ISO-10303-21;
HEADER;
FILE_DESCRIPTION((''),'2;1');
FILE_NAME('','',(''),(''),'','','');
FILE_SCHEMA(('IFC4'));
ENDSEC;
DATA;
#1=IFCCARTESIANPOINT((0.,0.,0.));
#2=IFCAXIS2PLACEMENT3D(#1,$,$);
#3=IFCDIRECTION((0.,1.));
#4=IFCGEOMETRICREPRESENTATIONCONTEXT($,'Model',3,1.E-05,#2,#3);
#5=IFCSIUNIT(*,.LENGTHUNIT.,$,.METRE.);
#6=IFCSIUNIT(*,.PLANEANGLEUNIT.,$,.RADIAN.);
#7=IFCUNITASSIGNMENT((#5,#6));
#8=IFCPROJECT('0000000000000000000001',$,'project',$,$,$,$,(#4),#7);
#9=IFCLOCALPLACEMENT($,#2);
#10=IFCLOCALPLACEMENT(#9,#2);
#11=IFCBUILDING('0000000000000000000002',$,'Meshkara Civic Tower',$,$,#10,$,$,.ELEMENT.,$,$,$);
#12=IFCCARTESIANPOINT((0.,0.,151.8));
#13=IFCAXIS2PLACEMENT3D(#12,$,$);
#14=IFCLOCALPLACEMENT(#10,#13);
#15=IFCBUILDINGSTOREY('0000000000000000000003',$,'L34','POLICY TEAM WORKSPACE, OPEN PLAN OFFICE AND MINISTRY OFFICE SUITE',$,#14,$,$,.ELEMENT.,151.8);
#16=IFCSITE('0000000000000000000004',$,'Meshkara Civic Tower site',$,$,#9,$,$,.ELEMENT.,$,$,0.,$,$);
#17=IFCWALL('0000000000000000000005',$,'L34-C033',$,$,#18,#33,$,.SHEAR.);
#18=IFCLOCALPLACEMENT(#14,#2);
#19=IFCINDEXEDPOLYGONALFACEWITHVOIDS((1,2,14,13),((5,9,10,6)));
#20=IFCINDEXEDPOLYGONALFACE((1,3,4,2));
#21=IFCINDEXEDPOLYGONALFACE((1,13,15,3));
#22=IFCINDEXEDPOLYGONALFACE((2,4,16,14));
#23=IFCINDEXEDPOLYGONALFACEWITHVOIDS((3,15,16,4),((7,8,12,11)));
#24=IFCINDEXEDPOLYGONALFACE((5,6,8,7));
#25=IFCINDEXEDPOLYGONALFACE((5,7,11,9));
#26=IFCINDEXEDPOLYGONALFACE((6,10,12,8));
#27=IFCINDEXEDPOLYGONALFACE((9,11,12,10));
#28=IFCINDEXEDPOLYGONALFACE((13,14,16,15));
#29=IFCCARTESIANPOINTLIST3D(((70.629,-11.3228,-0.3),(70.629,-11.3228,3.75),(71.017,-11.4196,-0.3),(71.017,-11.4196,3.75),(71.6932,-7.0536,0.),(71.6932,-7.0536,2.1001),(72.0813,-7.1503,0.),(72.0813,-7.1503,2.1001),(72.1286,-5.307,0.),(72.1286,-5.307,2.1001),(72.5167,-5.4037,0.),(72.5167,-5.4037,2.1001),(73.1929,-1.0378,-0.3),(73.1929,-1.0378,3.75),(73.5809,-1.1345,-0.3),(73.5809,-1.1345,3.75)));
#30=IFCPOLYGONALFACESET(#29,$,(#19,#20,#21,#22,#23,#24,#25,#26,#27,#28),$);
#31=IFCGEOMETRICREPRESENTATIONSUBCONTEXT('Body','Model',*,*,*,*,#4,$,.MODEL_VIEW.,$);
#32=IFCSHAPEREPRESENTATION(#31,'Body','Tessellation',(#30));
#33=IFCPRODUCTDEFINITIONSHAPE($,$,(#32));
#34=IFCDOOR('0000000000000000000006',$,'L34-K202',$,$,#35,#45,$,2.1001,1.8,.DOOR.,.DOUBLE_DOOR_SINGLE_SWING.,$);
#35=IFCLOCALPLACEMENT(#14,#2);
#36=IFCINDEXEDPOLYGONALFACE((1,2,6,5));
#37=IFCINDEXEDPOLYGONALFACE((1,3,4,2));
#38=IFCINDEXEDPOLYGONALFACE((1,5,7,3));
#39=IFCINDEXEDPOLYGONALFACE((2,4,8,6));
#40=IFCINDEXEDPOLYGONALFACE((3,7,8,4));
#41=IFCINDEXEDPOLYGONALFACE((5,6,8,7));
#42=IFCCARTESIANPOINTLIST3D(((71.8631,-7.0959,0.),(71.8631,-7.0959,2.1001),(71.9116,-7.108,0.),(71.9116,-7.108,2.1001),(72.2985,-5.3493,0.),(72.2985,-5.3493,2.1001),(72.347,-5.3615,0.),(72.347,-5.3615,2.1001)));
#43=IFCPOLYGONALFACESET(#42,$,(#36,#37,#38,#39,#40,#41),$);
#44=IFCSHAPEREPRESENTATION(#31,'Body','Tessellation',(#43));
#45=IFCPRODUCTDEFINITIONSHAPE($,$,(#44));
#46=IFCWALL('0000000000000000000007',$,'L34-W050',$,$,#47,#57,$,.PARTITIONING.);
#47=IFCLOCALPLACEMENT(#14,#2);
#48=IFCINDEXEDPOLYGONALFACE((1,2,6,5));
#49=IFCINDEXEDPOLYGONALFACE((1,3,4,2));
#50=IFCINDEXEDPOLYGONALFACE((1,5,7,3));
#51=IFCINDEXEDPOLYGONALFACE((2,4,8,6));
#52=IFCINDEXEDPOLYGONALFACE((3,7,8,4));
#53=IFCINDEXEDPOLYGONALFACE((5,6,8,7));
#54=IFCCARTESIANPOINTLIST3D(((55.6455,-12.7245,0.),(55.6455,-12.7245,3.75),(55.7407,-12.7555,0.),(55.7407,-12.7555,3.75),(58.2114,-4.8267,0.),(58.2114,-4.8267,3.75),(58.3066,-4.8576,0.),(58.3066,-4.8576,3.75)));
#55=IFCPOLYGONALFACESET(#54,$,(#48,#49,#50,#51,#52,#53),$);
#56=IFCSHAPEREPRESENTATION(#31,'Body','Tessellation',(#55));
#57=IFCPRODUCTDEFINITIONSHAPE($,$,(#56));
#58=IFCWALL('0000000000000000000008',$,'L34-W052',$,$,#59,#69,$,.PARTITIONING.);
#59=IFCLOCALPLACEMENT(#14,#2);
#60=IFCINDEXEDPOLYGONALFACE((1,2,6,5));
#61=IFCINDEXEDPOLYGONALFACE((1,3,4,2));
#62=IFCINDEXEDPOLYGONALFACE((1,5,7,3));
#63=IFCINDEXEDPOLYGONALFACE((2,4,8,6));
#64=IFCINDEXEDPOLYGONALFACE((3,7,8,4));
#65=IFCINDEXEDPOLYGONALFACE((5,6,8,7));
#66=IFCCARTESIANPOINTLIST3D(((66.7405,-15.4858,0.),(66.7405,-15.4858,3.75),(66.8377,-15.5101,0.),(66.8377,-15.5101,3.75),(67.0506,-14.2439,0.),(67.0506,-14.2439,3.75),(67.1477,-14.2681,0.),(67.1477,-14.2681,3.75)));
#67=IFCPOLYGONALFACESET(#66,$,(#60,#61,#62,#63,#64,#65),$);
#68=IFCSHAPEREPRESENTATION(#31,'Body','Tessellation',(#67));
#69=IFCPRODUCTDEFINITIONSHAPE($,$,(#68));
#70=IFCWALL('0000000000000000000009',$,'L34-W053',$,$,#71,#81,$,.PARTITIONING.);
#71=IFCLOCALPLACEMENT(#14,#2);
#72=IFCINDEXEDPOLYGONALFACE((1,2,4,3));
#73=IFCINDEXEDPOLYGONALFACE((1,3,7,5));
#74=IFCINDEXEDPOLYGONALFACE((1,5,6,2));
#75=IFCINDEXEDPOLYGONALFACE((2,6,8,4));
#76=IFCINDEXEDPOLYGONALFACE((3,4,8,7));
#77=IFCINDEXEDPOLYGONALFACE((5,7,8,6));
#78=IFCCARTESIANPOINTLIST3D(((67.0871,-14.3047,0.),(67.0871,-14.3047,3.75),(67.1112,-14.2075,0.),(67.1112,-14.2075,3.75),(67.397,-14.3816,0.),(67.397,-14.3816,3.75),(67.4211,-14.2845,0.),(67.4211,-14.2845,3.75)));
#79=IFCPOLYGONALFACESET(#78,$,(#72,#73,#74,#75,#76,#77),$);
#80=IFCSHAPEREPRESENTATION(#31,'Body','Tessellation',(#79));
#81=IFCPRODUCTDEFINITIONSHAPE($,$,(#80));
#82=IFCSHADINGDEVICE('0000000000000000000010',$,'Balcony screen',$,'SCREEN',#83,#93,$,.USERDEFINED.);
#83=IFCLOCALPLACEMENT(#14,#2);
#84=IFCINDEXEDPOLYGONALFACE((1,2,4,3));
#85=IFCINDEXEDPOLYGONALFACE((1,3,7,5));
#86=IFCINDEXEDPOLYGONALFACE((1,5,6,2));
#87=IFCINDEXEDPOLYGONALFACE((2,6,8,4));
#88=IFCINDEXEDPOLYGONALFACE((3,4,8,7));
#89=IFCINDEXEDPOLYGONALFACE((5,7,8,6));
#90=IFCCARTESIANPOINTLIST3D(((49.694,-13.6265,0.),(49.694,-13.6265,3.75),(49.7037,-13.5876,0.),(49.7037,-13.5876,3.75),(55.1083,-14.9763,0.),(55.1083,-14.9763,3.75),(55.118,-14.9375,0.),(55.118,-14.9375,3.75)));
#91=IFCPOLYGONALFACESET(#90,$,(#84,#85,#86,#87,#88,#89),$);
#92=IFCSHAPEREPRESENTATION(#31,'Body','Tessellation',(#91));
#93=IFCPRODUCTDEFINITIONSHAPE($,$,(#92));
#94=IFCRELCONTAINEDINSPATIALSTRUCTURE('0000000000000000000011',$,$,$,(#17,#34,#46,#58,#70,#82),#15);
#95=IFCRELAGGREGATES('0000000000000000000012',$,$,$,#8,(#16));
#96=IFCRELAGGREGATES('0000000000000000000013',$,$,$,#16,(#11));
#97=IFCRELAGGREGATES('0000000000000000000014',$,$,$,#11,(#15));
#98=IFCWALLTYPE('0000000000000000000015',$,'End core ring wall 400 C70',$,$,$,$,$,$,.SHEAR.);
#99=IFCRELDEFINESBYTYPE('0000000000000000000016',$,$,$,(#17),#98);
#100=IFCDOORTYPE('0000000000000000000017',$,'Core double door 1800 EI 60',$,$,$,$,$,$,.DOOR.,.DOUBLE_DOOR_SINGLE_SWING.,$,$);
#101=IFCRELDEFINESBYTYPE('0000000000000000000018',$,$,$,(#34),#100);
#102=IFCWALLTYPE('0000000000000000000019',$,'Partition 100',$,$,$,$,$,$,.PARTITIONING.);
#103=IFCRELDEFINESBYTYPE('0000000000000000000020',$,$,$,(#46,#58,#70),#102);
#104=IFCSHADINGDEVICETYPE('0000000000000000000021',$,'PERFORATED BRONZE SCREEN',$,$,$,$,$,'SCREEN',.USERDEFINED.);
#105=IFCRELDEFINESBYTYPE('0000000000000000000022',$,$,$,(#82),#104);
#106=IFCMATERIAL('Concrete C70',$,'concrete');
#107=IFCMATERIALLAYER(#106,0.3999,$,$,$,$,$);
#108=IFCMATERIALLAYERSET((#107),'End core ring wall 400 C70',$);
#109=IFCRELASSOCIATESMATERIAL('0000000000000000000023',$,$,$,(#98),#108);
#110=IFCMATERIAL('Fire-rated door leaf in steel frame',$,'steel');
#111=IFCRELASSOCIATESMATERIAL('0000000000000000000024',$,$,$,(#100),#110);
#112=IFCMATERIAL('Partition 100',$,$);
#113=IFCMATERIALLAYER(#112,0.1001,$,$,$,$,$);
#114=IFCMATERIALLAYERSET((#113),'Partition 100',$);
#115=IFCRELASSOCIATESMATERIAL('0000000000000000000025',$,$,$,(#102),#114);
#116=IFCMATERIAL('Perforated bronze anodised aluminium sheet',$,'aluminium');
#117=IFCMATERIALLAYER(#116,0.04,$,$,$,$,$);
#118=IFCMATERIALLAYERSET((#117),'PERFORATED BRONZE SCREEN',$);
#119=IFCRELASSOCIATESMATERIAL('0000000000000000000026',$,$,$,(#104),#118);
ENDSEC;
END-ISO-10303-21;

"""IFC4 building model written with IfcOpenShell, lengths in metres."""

from ifc_helpers import new_model, si_unit, direction, frame, frame_2d, origin, origin_2d, place, context, subcontext, project, spatial, rectangle, extrude, material, layer, layer_set, type_object, element, fill, save


model = new_model("IFC4")

# Units and contexts
model_context = context("Model", 3, precision=1e-05, world=origin(), true_north=direction((0.0, 1.0)))
body_context = subcontext(model_context, "Body", "Model", "MODEL_VIEW")
ifc_project = project(units=[si_unit("LENGTHUNIT", "METRE"), si_unit("PLANEANGLEUNIT", "RADIAN")], contexts=[model_context])

# Site, building, storey
site_placement = place(None, origin())
site = spatial("IfcSite", under=ifc_project, at=site_placement, Name="Meshkara Civic Tower site", CompositionType="ELEMENT", RefElevation=0.0)
building_placement = place(site_placement, origin())
building = spatial("IfcBuilding", under=site, at=building_placement, Name="Meshkara Civic Tower", CompositionType="ELEMENT")
storey_placement = place(building_placement, frame((0.0, 0.0, 151.8)))
storey = spatial("IfcBuildingStorey", under=building, at=storey_placement, Name="L34", Description="POLICY TEAM WORKSPACE, OPEN PLAN OFFICE AND MINISTRY OFFICE SUITE", CompositionType="ELEMENT", Elevation=151.8)

# Shared definitions
ifc_material_1 = material(Name="Concrete C70", Category="concrete")
ifc_layer_1 = layer(ifc_material_1, 0.3999)
ifc_layer_set_1 = layer_set([ifc_layer_1], Name="End core ring wall 400 C70")
wall_type_1 = type_object("IfcWallType", Name="End core ring wall 400 C70", PredefinedType="SHEAR", material=ifc_layer_set_1)

# Wall, opening, door
wall_1_placement = place(storey_placement, frame((70.823, -11.3711, -0.3), z_axis=(0.0, 0.0, 1.0), x_axis=(0.241885, 0.970305, 0.0)))
wall_1 = element("IfcWall", 1, at=wall_1_placement, inside=storey, type_object=wall_type_1, Name="L34-C033", PredefinedType="SHEAR", context=body_context, shape_type="SweptSolid", body=[
    extrude(rectangle(XDim=10.5999, YDim=0.3999, at=frame_2d((5.2998, 0.0))), origin(), (0.0, 0.0, 1.0), 4.05),
])
opening_1_placement = place(wall_1_placement, frame((4.3999, 0.0, 0.3)))
opening_1 = element("IfcOpeningElement", 2, at=opening_1_placement, cuts=wall_1, PredefinedType="OPENING", context=body_context, shape_type="SweptSolid", body=[
    extrude(rectangle(XDim=1.8, YDim=2.1001, at=frame_2d((0.8999, 1.05))), frame((0.0, 0.21, 0.0), z_axis=(0.0, -1.0, 0.0), x_axis=(1.0, 0.0, 0.0)), (0.0, 0.0, 1.0), 0.4199),
])
ifc_material_2 = material(Name="Fire-rated door leaf in steel frame", Category="steel")
door_type_1 = type_object("IfcDoorType", Name="Core double door 1800 EI 60", OperationType="DOUBLE_DOOR_SINGLE_SWING", PredefinedType="DOOR", material=ifc_material_2)
door_1_placement = place(opening_1_placement, origin())
door_1 = element("IfcDoor", 3, at=door_1_placement, inside=storey, type_object=door_type_1, Name="L34-K202", OperationType="DOUBLE_DOOR_SINGLE_SWING", OverallHeight=2.1001, OverallWidth=1.8, PredefinedType="DOOR", context=body_context, shape_type="SweptSolid", body=[
    extrude(rectangle(XDim=1.8, YDim=2.1001, at=frame_2d((0.8999, 1.05))), frame((0.0, 0.0249, 0.0), z_axis=(0.0, -1.0, 0.0), x_axis=(1.0, 0.0, 0.0)), (0.0, 0.0, 1.0), 0.05),
])
fill(opening_1, door_1)

# Walls
ifc_material_3 = material(Name="Partition 100")
ifc_layer_2 = layer(ifc_material_3, 0.1001)
ifc_layer_set_2 = layer_set([ifc_layer_2], Name="Partition 100")
wall_type_2 = type_object("IfcWallType", Name="Partition 100", PredefinedType="PARTITIONING", material=ifc_layer_set_2)
wall_2_placement = place(storey_placement, frame((55.6931, -12.74, 0.0), z_axis=(0.0, 0.0, 1.0), x_axis=(0.308986, 0.951066, 0.0)))
element("IfcWall", 4, at=wall_2_placement, inside=storey, type_object=wall_type_2, Name="L34-W050", PredefinedType="PARTITIONING", context=body_context, shape_type="SweptSolid", body=[
    extrude(rectangle(XDim=8.3042, YDim=0.1001, at=frame_2d((4.1521, 0.0))), origin(), (0.0, 0.0, 1.0), 3.75),
])
wall_3_placement = place(storey_placement, frame((66.7891, -15.498, 0.0), z_axis=(0.0, 0.0, 1.0), x_axis=(0.242221, 0.970221, 0.0)))
element("IfcWall", 5, at=wall_3_placement, inside=storey, type_object=wall_type_2, Name="L34-W052", PredefinedType="PARTITIONING", context=body_context, shape_type="SweptSolid", body=[
    extrude(rectangle(XDim=1.28, YDim=0.1001, at=frame_2d((0.6401, 0.0))), origin(), (0.0, 0.0, 1.0), 3.75),
])
wall_4_placement = place(storey_placement, frame((67.0991, -14.2561, 0.0), z_axis=(0.0, 0.0, 1.0), x_axis=(0.970546, -0.240916, 0.0)))
element("IfcWall", 6, at=wall_4_placement, inside=storey, type_object=wall_type_2, Name="L34-W053", PredefinedType="PARTITIONING", context=body_context, shape_type="SweptSolid", body=[
    extrude(rectangle(XDim=0.3193, YDim=0.1001, at=frame_2d((0.1597, 0.0))), origin(), (0.0, 0.0, 1.0), 3.75),
])

# Shading device
ifc_material_4 = material(Name="Perforated bronze anodised aluminium sheet", Category="aluminium")
ifc_layer_3 = layer(ifc_material_4, 0.04)
ifc_layer_set_3 = layer_set([ifc_layer_3], Name="PERFORATED BRONZE SCREEN")
shading_device_type = type_object("IfcShadingDeviceType", Name="PERFORATED BRONZE SCREEN", ElementType="SCREEN", PredefinedType="USERDEFINED", material=ifc_layer_set_3)
shading_device_placement = place(storey_placement, frame((52.406, -14.282, 0.0), z_axis=(0.0, 0.0, 1.0), x_axis=(0.9703, -0.241905, 0.0)))
element("IfcShadingDevice", 7, at=shading_device_placement, inside=storey, type_object=shading_device_type, Name="Balcony screen", ObjectType="SCREEN", PredefinedType="USERDEFINED", context=body_context, shape_type="SweptSolid", body=[
    extrude(rectangle(XDim=5.5801, YDim=0.04, at=origin_2d()), origin(), (0.0, 0.0, 1.0), 3.75),
])

save(model, "model.ifc")
